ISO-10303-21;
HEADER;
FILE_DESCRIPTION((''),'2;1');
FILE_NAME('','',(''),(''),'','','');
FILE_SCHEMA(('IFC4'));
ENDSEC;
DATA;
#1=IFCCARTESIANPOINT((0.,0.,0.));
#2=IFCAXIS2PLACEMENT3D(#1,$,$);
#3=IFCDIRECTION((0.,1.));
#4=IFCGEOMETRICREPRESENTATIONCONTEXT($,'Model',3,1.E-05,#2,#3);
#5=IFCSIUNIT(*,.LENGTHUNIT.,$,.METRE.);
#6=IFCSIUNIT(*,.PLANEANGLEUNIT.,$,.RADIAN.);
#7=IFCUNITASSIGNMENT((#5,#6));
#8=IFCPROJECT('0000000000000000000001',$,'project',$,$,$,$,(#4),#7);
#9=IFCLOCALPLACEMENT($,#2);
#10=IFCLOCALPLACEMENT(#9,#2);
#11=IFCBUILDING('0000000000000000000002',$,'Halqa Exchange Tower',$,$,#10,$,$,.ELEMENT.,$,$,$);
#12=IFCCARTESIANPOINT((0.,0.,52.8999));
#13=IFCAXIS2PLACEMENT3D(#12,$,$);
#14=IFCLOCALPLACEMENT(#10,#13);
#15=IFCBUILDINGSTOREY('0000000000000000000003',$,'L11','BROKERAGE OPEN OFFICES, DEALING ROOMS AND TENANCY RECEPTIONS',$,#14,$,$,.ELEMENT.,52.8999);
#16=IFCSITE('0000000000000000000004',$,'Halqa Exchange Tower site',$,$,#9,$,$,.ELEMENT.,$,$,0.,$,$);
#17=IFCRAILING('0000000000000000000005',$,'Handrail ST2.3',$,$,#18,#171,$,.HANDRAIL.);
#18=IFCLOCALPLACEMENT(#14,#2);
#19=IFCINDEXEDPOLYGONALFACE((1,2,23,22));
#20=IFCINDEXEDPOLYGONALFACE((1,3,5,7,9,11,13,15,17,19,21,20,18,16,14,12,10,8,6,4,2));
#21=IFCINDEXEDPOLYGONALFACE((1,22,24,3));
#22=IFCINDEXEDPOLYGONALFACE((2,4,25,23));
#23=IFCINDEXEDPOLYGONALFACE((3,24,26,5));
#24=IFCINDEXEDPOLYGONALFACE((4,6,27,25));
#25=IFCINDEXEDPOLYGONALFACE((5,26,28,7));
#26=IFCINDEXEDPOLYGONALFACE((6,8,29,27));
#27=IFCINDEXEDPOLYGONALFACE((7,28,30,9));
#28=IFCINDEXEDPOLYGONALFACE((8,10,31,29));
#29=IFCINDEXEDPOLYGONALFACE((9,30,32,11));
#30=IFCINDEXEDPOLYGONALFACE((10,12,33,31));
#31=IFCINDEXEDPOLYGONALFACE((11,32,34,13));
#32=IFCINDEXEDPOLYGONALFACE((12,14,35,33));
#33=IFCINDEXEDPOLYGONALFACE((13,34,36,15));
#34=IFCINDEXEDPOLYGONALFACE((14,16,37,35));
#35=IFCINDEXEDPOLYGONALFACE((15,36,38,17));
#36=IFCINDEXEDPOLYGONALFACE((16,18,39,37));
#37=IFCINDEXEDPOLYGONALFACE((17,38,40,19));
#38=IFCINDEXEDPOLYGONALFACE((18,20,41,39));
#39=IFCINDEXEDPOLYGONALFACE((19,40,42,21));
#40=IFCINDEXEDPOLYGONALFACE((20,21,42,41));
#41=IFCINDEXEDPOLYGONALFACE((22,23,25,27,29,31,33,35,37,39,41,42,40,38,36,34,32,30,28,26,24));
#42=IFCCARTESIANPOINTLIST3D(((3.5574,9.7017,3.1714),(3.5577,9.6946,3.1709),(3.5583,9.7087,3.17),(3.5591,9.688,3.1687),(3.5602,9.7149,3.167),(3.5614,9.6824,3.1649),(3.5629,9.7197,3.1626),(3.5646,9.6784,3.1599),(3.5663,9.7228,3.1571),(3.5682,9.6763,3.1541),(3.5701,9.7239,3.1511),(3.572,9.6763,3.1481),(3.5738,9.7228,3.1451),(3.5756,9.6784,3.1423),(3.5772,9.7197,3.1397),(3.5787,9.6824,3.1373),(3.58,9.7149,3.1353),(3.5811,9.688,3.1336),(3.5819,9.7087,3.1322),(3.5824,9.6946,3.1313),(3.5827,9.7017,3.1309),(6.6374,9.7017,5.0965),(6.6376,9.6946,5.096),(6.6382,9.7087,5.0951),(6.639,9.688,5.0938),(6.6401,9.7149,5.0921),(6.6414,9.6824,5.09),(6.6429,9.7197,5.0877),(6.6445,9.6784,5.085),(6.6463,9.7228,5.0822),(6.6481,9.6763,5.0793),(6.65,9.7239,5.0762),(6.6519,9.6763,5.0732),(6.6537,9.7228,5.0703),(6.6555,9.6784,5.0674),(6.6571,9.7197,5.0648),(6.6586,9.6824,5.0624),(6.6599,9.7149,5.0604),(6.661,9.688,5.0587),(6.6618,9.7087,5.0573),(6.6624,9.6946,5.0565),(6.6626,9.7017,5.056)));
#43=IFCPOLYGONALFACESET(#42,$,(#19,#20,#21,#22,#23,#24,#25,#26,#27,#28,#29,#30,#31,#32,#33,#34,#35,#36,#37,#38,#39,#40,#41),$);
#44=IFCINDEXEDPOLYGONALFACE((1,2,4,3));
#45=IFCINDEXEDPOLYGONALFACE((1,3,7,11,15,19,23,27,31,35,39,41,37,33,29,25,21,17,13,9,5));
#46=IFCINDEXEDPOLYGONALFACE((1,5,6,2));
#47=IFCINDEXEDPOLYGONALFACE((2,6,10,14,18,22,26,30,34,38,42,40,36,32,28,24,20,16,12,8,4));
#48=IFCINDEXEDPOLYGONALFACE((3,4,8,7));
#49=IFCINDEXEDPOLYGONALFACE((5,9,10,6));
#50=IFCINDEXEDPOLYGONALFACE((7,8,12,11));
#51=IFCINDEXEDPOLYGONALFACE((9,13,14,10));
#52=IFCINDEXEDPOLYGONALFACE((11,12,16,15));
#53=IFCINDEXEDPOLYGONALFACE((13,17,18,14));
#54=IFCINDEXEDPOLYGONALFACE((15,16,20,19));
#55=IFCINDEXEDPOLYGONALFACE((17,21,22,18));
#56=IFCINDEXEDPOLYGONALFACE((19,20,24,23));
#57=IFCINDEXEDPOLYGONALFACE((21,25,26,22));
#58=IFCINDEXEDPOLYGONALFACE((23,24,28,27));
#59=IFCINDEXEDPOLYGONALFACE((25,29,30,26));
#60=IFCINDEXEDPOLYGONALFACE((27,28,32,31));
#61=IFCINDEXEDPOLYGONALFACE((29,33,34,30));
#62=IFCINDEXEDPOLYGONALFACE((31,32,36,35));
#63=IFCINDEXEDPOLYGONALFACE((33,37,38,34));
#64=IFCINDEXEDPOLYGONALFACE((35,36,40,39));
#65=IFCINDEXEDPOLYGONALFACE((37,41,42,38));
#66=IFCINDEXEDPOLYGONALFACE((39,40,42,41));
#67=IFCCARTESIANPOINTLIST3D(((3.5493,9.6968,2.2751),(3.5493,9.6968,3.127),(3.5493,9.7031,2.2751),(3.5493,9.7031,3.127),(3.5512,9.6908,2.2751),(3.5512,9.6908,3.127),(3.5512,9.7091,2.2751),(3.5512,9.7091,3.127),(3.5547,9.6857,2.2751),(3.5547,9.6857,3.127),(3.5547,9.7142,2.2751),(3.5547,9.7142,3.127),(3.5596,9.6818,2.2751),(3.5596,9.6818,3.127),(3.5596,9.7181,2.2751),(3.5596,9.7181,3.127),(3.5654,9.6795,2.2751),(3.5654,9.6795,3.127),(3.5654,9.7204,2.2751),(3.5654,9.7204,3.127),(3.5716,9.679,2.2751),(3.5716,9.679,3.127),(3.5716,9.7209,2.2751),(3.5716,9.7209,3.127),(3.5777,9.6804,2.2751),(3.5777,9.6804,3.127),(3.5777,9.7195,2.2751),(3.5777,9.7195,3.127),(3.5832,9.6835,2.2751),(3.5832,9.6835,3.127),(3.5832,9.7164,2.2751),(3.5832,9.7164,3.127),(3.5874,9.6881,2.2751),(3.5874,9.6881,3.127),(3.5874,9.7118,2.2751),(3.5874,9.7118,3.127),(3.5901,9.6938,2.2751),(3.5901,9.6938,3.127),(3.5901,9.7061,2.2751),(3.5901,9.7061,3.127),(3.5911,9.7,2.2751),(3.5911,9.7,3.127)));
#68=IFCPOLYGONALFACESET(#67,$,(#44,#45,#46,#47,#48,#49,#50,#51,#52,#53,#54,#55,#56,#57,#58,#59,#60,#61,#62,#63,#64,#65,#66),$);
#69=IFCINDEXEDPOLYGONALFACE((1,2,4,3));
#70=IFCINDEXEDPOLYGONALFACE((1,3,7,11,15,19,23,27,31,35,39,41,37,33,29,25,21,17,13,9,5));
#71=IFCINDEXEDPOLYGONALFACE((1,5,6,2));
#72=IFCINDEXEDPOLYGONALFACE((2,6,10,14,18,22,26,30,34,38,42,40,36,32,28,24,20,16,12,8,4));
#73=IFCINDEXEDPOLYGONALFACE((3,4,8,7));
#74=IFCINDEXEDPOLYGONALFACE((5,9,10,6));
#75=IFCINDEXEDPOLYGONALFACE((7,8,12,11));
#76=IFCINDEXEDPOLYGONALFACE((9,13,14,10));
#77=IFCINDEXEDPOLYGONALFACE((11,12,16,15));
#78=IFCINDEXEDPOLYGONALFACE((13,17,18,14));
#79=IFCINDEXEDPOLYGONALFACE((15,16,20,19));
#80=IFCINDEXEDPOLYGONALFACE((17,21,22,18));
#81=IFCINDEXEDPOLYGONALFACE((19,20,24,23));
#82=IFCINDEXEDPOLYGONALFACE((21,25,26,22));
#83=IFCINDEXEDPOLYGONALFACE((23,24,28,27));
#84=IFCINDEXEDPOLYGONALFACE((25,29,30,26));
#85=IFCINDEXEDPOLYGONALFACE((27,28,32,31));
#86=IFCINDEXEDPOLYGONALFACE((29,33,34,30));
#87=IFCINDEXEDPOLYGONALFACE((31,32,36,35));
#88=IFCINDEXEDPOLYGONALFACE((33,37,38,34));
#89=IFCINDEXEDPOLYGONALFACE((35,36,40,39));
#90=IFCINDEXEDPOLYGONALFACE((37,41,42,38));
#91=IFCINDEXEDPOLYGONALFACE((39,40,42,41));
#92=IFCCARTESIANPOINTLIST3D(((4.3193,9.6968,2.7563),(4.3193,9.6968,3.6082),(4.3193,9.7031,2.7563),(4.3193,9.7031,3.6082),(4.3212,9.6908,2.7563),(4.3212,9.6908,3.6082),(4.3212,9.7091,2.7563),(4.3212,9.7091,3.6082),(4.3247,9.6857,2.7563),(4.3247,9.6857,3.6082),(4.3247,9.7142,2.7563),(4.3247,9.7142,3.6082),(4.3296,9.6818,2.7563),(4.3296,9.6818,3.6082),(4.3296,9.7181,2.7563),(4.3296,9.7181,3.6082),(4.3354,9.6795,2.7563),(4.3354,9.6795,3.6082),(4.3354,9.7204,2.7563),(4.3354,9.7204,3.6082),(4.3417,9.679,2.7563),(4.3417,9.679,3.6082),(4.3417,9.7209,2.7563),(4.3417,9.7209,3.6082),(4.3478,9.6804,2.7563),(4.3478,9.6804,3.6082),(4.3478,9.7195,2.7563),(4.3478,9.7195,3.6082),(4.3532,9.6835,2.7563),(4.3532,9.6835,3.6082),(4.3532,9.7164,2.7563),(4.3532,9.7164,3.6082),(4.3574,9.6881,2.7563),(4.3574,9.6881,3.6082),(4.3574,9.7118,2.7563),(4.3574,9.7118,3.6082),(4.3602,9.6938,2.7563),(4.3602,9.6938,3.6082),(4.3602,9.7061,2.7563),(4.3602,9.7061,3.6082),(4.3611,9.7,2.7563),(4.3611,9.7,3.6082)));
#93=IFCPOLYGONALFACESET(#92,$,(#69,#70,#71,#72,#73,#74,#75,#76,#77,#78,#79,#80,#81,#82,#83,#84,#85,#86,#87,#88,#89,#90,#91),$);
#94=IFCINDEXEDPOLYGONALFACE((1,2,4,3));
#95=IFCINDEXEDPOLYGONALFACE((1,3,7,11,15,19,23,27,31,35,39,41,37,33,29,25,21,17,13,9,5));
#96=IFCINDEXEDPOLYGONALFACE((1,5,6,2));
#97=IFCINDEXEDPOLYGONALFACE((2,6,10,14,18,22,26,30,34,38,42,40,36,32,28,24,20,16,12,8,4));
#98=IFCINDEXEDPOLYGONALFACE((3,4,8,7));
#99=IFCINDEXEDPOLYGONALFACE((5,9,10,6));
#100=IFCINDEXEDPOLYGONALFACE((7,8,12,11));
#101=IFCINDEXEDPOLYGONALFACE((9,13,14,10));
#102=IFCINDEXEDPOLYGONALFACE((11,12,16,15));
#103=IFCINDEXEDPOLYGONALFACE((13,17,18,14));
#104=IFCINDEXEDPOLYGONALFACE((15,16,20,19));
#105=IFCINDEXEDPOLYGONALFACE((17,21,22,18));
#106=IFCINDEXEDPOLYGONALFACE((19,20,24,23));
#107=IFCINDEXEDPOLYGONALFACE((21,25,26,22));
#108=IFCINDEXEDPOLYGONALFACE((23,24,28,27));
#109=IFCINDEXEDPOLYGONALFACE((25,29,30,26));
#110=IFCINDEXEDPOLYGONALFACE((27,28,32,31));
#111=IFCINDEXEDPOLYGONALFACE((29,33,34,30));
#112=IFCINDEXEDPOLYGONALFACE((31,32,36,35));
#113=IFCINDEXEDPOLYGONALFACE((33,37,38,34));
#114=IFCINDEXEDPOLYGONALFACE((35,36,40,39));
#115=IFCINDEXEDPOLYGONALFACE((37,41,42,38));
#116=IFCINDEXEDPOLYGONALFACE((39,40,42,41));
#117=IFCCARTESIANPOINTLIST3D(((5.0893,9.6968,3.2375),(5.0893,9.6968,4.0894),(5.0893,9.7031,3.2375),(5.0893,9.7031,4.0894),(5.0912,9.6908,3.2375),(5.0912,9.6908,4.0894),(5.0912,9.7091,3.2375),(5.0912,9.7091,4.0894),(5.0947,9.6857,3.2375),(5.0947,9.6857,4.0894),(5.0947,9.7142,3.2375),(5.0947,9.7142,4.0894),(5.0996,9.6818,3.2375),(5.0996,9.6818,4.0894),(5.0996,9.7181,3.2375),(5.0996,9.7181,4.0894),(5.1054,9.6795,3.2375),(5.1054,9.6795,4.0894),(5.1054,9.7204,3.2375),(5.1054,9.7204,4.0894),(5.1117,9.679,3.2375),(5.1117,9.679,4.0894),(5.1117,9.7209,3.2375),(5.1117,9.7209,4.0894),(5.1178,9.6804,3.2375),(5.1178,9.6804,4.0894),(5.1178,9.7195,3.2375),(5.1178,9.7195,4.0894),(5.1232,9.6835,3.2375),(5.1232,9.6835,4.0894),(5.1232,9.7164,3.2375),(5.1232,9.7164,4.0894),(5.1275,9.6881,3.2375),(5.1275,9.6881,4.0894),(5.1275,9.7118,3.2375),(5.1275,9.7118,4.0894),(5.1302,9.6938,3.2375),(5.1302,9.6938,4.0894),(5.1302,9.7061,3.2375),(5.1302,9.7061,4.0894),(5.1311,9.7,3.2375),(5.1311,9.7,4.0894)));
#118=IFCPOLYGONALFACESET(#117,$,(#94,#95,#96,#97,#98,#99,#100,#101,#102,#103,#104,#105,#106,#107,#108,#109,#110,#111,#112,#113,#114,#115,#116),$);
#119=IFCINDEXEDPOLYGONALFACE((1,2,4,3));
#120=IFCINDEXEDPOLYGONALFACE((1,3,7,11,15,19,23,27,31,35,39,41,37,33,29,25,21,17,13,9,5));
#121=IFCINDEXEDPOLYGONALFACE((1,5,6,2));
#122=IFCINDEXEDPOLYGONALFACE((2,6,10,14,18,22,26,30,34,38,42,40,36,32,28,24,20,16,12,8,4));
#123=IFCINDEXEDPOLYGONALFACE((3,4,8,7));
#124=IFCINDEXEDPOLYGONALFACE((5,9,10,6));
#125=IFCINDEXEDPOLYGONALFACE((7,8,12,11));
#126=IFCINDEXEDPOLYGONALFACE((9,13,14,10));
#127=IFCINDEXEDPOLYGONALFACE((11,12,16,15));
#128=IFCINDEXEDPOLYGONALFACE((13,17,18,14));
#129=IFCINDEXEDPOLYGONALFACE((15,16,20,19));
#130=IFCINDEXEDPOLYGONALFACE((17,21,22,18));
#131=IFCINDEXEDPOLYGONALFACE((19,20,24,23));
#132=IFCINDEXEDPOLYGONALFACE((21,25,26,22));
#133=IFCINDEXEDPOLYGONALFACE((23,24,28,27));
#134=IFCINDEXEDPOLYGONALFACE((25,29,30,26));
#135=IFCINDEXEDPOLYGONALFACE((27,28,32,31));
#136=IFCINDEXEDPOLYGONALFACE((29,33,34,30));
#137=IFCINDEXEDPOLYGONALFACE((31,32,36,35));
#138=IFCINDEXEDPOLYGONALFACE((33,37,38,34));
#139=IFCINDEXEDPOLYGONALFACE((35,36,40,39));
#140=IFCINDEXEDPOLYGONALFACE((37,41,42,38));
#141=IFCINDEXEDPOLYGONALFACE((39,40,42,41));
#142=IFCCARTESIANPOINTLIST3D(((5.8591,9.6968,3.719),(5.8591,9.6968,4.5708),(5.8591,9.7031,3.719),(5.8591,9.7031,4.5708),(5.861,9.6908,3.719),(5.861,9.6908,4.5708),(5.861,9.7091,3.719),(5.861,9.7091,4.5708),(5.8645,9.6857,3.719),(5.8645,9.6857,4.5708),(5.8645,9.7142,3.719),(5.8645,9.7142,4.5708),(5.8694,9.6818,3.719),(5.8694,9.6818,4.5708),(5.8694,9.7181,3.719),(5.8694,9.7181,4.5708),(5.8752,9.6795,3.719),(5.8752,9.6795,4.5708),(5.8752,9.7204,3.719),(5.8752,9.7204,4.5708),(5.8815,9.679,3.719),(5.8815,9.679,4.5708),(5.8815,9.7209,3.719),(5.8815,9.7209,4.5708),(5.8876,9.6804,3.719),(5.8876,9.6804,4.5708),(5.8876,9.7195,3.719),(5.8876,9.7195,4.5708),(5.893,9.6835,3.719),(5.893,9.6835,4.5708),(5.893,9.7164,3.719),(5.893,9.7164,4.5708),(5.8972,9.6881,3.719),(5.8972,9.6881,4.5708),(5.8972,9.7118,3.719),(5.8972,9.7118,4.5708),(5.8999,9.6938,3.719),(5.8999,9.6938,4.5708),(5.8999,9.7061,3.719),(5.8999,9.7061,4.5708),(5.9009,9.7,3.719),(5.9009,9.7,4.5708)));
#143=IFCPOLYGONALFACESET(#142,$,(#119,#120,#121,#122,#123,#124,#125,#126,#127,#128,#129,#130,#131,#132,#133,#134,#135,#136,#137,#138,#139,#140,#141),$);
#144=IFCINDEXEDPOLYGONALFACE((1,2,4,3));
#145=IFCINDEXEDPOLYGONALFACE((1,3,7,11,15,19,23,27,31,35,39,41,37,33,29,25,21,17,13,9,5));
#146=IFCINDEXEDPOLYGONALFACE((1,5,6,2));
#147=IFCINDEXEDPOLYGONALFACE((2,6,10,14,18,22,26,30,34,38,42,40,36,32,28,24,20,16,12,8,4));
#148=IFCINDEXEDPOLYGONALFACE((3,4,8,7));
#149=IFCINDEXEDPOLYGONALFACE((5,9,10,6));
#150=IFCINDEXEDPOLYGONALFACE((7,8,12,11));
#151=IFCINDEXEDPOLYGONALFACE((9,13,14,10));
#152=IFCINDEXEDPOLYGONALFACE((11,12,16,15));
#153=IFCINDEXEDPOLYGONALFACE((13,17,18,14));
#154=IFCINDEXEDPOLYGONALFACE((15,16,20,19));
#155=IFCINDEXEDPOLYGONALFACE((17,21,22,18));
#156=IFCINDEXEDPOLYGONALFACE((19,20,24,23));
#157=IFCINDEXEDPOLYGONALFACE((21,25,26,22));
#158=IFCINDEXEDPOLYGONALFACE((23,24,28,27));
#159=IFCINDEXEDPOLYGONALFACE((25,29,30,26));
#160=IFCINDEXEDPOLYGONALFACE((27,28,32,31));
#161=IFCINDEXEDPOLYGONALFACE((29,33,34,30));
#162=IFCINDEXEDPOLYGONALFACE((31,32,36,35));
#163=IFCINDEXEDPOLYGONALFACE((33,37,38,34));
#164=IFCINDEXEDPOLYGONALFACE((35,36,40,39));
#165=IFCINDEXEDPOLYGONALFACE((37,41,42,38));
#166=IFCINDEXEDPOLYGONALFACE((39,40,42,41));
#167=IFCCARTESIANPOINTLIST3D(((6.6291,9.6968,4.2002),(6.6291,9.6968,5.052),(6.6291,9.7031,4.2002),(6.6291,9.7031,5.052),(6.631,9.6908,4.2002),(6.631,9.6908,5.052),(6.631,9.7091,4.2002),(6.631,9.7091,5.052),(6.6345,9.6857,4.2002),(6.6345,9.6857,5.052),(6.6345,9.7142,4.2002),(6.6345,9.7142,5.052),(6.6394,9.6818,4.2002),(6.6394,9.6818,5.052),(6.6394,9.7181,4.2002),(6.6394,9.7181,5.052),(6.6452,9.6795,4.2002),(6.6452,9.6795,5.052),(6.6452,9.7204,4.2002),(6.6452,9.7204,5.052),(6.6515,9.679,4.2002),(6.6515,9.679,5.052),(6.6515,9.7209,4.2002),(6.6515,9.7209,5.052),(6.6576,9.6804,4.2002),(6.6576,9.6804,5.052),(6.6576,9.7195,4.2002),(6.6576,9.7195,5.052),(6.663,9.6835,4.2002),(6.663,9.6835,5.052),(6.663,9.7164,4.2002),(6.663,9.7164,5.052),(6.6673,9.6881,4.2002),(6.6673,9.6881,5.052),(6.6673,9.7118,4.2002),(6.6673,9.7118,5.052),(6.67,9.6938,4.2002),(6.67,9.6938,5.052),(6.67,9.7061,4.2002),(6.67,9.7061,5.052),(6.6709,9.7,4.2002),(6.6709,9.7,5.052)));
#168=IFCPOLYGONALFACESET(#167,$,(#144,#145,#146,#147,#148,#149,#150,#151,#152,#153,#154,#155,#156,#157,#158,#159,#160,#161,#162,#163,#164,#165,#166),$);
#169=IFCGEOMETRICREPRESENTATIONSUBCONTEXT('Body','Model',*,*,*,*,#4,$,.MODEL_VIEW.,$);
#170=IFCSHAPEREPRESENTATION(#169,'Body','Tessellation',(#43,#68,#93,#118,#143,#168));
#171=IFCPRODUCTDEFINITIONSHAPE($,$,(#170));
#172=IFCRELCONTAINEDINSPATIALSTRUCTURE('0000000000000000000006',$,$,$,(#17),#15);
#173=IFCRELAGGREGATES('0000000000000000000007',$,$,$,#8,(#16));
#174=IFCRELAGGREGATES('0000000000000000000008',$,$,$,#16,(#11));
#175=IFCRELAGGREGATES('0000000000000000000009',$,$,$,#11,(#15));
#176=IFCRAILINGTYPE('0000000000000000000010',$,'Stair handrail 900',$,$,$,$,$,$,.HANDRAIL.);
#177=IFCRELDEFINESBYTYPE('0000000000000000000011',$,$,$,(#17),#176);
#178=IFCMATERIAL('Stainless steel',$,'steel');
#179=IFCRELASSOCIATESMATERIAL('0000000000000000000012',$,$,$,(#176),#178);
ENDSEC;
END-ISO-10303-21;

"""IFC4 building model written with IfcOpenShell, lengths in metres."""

from ifc_helpers import new_model, si_unit, direction, frame, origin, origin_2d, place, context, subcontext, project, spatial, circle, extrude, material, type_object, element, save


model = new_model("IFC4")

# Units and contexts
model_context = context("Model", 3, precision=1e-05, world=origin(), true_north=direction((0.0, 1.0)))
body_context = subcontext(model_context, "Body", "Model", "MODEL_VIEW")
ifc_project = project(units=[si_unit("LENGTHUNIT", "METRE"), si_unit("PLANEANGLEUNIT", "RADIAN")], contexts=[model_context])

# Site, building, storey
site_placement = place(None, origin())
site = spatial("IfcSite", under=ifc_project, at=site_placement, Name="Halqa Exchange Tower site", CompositionType="ELEMENT", RefElevation=0.0)
building_placement = place(site_placement, origin())
building = spatial("IfcBuilding", under=site, at=building_placement, Name="Halqa Exchange Tower", CompositionType="ELEMENT")
storey_placement = place(building_placement, frame((0.0, 0.0, 52.8999)))
storey = spatial("IfcBuildingStorey", under=building, at=storey_placement, Name="L11", Description="BROKERAGE OPEN OFFICES, DEALING ROOMS AND TENANCY RECEPTIONS", CompositionType="ELEMENT", Elevation=52.8999)

# Railing
ifc_material_1 = material(Name="Stainless steel", Category="steel")
railing_type_1 = type_object("IfcRailingType", Name="Stair handrail 900", PredefinedType="HANDRAIL", material=ifc_material_1)
railing_1_placement = place(storey_placement, frame((3.5701, 9.7, 2.2751)))
element("IfcRailing", 1, at=railing_1_placement, inside=storey, type_object=railing_type_1, Name="Handrail ST2.3", PredefinedType="HANDRAIL", context=body_context, shape_type="SweptSolid", body=[
    extrude(circle(Radius=0.0239, at=origin_2d()), frame((0.0, 0.0, 0.876), z_axis=(0.847979, 0.0, 0.530029), x_axis=(0.0, 1.0, 0.0)), (0.0, 0.0, 1.0), 3.6321),
    extrude(circle(Radius=0.021, at=origin_2d()), origin(), (0.0, 0.0, 1.0), 0.8518),
    extrude(circle(Radius=0.021, at=origin_2d()), frame((0.77, 0.0, 0.4812)), (0.0, 0.0, 1.0), 0.8518),
    extrude(circle(Radius=0.021, at=origin_2d()), frame((1.54, 0.0, 0.9624)), (0.0, 0.0, 1.0), 0.8518),
    extrude(circle(Radius=0.021, at=origin_2d()), frame((2.3098, 0.0, 1.4438)), (0.0, 0.0, 1.0), 0.8518),
    extrude(circle(Radius=0.021, at=origin_2d()), frame((3.0798, 0.0, 1.925)), (0.0, 0.0, 1.0), 0.8518),
])

save(model, "model.ifc")
